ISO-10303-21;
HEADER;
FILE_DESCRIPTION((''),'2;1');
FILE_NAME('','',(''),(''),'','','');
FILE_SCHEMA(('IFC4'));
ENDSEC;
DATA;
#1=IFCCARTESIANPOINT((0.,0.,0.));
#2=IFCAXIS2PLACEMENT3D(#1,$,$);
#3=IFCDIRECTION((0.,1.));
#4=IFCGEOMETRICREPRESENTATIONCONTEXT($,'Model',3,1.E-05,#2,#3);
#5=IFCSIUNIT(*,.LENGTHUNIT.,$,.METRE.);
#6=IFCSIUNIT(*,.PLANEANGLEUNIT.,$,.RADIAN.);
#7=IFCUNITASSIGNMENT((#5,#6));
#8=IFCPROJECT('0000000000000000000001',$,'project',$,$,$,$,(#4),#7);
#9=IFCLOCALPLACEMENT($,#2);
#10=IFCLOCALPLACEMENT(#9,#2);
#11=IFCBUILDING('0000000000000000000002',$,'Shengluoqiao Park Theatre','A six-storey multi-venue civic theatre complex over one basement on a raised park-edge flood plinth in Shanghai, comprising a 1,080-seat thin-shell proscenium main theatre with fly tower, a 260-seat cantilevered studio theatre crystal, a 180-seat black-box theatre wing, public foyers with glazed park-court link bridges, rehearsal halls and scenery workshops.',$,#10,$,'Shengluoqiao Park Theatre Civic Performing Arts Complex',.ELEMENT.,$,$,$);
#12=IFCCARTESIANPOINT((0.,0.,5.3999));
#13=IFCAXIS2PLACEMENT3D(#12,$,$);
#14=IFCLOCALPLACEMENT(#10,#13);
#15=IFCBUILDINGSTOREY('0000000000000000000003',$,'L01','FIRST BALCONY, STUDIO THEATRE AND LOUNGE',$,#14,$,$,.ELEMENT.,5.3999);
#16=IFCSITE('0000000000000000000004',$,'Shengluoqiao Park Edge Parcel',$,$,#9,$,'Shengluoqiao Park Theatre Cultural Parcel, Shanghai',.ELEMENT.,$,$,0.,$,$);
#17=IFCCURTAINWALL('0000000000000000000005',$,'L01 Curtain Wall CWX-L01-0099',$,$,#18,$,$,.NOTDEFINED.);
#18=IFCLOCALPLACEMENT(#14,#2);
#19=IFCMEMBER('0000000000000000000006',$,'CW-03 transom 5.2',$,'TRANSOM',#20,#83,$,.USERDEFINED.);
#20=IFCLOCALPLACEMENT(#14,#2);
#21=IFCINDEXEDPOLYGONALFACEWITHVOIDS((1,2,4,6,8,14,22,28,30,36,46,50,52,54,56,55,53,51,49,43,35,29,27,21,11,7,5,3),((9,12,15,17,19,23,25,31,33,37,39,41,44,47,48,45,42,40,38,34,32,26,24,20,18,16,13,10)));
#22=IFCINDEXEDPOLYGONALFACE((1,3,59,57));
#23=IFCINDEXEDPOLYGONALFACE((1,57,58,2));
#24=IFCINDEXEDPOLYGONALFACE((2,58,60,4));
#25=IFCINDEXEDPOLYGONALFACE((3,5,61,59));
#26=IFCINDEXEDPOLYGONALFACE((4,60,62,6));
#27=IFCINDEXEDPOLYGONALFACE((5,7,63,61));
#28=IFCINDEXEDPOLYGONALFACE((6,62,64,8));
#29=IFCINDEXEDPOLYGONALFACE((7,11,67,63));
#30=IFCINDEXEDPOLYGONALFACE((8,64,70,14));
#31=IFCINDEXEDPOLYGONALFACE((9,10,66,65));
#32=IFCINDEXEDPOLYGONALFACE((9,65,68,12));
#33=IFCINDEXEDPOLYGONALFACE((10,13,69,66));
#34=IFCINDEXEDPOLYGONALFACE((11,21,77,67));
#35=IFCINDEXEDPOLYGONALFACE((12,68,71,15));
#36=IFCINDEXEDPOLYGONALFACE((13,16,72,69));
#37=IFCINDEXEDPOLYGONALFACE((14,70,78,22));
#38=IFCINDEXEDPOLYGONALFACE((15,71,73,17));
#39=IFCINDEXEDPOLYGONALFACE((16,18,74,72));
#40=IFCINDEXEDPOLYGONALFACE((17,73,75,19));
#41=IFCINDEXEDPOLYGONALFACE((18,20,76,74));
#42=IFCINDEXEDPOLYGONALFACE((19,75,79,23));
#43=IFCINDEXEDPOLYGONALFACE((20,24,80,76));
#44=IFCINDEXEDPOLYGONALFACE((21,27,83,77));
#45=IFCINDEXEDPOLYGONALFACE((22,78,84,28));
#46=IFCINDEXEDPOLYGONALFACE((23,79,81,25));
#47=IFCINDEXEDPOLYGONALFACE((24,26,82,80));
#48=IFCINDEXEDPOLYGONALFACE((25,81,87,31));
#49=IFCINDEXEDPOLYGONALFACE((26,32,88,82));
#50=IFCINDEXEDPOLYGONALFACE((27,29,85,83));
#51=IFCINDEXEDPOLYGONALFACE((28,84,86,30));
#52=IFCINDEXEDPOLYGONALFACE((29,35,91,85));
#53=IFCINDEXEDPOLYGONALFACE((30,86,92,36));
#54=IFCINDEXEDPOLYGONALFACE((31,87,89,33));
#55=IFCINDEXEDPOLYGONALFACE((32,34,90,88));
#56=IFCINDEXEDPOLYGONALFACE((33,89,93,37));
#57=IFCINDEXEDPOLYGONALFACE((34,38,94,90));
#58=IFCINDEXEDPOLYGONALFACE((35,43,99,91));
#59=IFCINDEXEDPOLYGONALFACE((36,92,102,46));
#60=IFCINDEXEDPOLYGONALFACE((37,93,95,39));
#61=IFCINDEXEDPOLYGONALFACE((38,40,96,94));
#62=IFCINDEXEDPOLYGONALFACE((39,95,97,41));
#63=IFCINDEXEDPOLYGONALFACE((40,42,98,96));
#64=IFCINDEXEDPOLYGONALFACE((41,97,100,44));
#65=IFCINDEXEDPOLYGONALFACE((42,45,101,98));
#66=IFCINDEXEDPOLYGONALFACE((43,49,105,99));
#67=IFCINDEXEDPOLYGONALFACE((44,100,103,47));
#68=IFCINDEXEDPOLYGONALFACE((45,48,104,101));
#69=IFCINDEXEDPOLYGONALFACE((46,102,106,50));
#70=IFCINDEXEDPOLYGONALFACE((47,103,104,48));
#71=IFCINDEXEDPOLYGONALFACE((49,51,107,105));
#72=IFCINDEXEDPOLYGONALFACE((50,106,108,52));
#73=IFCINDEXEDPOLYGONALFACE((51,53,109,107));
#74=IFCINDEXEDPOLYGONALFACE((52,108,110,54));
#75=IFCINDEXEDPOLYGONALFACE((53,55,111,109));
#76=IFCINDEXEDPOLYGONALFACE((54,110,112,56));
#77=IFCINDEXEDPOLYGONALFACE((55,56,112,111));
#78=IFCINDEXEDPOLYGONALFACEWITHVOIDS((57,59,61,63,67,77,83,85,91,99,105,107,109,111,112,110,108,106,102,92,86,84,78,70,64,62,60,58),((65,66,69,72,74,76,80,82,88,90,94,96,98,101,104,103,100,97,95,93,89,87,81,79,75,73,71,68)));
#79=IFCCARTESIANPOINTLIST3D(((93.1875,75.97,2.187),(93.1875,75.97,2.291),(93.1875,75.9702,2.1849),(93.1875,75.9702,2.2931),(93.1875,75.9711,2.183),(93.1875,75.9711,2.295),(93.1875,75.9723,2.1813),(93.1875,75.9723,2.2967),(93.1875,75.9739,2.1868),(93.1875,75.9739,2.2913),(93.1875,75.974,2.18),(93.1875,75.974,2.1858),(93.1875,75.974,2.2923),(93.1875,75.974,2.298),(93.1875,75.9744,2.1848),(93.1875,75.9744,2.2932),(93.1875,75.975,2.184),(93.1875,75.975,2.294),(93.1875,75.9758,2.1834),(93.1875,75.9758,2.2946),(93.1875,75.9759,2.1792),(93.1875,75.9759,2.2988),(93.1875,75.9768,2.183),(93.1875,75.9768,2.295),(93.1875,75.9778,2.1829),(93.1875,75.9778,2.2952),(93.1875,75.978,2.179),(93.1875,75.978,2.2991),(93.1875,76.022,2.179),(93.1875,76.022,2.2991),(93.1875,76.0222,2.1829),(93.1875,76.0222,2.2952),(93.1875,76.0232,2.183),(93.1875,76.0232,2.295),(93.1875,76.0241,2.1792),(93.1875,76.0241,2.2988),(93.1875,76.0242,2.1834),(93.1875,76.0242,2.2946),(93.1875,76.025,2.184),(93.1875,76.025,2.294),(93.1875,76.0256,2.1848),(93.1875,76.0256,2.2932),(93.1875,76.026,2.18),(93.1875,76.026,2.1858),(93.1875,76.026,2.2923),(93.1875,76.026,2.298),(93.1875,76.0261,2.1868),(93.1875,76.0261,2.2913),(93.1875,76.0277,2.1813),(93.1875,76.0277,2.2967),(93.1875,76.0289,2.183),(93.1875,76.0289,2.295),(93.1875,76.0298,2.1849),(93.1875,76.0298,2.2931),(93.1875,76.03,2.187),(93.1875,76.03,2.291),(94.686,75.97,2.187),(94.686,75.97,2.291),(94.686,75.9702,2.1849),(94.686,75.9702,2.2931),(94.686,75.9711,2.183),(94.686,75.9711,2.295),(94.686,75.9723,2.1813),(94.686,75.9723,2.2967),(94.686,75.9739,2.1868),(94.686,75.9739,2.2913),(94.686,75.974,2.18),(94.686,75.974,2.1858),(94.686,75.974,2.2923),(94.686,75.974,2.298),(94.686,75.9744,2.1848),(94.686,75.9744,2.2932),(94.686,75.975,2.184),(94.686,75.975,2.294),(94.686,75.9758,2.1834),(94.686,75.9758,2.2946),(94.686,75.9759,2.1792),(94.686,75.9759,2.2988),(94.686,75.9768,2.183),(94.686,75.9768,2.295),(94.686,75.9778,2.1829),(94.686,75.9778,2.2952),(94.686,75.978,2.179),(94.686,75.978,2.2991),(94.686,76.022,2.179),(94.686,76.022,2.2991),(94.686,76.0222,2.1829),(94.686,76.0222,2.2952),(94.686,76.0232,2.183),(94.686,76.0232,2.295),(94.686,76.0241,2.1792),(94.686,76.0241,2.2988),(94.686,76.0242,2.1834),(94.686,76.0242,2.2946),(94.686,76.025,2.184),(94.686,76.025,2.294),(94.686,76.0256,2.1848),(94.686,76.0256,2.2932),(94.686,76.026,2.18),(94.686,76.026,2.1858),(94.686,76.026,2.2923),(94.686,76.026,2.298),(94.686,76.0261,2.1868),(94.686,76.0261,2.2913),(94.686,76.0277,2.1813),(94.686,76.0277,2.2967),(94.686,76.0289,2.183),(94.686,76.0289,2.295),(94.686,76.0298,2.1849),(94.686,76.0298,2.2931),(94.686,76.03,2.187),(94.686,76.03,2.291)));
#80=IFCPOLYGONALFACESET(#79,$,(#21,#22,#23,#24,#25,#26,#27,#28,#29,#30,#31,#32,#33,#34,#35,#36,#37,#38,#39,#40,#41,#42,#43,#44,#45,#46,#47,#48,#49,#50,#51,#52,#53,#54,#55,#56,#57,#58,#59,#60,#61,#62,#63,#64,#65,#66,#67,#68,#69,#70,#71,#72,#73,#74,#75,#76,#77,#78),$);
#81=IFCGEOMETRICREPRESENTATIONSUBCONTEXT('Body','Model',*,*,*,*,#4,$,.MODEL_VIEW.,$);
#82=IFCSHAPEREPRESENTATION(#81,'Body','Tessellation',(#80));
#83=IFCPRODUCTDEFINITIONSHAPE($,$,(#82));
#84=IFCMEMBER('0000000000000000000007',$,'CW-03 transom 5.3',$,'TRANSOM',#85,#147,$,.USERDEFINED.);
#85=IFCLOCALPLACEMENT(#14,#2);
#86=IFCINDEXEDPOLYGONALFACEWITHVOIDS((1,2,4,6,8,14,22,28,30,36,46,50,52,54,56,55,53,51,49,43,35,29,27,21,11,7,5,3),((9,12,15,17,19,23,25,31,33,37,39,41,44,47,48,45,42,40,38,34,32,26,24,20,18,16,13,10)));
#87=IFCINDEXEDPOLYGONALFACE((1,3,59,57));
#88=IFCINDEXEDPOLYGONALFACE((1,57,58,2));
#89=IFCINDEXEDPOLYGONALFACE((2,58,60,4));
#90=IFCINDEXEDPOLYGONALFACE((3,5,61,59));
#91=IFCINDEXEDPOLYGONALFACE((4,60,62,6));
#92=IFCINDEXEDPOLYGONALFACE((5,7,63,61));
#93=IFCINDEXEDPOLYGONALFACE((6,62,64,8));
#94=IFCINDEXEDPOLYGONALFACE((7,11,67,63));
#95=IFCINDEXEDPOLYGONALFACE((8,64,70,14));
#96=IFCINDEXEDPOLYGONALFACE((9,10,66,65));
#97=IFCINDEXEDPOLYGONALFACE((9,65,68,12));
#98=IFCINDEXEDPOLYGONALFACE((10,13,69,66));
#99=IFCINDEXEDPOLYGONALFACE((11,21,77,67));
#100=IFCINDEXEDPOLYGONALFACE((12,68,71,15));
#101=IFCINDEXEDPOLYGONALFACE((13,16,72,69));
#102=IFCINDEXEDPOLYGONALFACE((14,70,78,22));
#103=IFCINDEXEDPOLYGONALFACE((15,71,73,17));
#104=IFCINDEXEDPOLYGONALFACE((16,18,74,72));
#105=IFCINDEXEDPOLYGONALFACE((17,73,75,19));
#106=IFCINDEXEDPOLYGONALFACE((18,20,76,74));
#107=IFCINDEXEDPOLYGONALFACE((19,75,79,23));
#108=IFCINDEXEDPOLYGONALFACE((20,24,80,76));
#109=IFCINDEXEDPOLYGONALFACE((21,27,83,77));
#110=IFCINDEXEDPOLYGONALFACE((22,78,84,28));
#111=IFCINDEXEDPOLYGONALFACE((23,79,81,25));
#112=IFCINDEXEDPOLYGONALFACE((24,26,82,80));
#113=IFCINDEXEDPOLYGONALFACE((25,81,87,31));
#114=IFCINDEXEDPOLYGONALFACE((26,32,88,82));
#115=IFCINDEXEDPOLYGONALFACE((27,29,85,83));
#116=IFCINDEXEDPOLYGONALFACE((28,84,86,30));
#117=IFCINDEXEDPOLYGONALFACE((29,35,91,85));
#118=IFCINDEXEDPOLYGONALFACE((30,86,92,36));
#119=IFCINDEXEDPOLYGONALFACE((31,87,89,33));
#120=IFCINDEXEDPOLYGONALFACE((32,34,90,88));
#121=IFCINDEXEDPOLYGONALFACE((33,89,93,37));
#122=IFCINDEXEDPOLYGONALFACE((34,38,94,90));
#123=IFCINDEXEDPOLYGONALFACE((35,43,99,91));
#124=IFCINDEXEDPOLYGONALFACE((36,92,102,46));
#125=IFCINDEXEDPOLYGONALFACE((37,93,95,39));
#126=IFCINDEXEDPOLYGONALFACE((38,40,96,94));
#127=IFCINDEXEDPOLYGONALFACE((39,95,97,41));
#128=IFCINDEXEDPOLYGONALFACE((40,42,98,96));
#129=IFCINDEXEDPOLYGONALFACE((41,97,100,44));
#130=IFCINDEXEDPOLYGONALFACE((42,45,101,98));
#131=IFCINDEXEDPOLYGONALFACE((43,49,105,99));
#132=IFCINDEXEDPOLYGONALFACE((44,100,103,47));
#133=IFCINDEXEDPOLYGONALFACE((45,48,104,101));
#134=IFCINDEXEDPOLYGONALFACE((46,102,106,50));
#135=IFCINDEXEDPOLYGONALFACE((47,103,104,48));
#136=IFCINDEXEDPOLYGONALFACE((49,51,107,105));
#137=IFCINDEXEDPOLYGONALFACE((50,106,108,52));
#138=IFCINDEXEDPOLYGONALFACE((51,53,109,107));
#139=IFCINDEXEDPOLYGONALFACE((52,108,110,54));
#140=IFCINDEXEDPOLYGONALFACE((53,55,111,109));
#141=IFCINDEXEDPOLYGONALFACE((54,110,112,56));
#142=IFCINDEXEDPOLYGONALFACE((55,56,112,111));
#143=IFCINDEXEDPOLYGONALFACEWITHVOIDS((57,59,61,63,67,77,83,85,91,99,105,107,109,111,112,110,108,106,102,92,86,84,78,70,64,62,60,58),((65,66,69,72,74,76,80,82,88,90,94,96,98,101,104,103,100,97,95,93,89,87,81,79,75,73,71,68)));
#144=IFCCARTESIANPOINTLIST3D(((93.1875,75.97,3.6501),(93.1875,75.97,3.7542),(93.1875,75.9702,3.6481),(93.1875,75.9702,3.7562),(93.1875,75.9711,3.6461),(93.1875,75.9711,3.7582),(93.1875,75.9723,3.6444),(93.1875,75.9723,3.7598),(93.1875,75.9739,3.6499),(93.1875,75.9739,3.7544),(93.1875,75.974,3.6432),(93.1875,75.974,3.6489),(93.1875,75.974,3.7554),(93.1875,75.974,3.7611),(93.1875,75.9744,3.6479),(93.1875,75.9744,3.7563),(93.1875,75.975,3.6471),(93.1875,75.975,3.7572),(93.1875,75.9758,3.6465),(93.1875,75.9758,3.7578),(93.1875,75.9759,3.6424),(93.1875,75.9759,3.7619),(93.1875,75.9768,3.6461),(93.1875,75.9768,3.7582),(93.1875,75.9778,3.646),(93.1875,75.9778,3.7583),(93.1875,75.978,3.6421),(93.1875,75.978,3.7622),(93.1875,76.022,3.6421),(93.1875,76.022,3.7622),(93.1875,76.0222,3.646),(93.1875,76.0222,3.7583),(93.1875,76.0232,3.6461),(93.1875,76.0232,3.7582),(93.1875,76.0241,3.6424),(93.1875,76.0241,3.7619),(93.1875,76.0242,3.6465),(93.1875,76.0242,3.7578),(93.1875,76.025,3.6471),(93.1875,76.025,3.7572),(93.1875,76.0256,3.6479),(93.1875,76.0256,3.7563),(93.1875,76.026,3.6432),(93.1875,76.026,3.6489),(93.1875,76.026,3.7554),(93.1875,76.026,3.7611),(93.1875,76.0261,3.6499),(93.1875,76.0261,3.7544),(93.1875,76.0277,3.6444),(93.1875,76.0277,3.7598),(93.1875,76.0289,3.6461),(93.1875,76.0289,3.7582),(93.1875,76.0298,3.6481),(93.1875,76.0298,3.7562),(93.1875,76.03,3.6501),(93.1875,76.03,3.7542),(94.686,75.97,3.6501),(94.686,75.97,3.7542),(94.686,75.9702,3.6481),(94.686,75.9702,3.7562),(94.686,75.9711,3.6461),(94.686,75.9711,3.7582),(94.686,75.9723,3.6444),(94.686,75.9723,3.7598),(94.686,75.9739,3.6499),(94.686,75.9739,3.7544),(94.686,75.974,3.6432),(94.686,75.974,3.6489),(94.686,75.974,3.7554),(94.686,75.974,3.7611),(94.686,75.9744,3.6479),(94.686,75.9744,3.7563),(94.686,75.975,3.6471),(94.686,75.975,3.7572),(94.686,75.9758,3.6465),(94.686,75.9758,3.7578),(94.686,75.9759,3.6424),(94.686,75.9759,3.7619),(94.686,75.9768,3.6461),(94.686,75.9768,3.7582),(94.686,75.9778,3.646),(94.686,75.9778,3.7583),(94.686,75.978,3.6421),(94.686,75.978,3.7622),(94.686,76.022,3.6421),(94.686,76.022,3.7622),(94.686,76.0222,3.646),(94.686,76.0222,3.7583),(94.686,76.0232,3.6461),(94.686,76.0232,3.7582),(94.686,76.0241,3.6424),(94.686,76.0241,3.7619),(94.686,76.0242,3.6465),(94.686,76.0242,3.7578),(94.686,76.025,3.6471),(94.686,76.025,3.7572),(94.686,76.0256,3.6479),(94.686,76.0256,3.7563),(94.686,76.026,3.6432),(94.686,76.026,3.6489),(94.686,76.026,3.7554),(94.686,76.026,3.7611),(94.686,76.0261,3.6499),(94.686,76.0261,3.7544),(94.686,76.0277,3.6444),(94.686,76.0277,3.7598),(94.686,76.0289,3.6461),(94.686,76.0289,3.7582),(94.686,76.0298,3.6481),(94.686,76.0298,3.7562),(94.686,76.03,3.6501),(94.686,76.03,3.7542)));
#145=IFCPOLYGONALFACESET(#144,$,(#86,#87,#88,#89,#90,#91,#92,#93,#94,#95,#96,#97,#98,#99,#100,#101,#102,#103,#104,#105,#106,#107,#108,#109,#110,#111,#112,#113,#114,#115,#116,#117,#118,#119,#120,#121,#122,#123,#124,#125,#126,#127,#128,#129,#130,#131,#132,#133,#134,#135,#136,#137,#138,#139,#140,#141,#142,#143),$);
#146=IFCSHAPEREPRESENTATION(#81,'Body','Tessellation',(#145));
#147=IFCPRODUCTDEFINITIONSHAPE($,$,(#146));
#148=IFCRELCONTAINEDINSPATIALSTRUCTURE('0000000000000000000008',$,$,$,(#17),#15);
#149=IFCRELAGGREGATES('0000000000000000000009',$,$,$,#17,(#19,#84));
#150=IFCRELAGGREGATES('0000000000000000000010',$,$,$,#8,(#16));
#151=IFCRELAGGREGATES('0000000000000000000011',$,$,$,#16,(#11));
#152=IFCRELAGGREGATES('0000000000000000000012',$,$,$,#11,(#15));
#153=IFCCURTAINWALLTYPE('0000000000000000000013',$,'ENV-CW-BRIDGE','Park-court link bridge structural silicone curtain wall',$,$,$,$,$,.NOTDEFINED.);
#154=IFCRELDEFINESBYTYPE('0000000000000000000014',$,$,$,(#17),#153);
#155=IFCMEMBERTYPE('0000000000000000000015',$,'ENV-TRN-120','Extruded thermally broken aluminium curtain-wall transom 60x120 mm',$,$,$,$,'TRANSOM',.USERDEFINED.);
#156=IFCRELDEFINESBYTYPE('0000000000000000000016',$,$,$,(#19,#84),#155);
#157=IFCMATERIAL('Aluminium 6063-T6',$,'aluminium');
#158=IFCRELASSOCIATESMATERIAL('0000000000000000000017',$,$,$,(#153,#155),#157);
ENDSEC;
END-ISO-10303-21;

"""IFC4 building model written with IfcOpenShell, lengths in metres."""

from ifc_helpers import new_model, si_unit, direction, frame, origin, origin_2d, place, context, subcontext, project, spatial, hollow_rectangle, extrude, material, material_profile, profile_set, type_object, element, aggregate, save


model = new_model("IFC4")

# Units and contexts
model_context = context("Model", 3, precision=1e-05, world=origin(), true_north=direction((0.0, 1.0)))
body_context = subcontext(model_context, "Body", "Model", "MODEL_VIEW")
ifc_project = project(units=[si_unit("LENGTHUNIT", "METRE"), si_unit("PLANEANGLEUNIT", "RADIAN")], contexts=[model_context])

# Site, building, storey
site_placement = place(None, origin())
site = spatial("IfcSite", under=ifc_project, at=site_placement, Name="Shengluoqiao Park Edge Parcel", LongName="Shengluoqiao Park Theatre Cultural Parcel, Shanghai", CompositionType="ELEMENT", RefElevation=0.0)
building_placement = place(site_placement, origin())
building = spatial("IfcBuilding", under=site, at=building_placement, Name="Shengluoqiao Park Theatre", Description="A six-storey multi-venue civic theatre complex over one basement on a raised park-edge flood plinth in Shanghai, comprising a 1,080-seat thin-shell proscenium main theatre with fly tower, a 260-seat cantilevered studio theatre crystal, a 180-seat black-box theatre wing, public foyers with glazed park-court link bridges, rehearsal halls and scenery workshops.", LongName="Shengluoqiao Park Theatre Civic Performing Arts Complex", CompositionType="ELEMENT")
storey_placement = place(building_placement, frame((0.0, 0.0, 5.3999)))
storey = spatial("IfcBuildingStorey", under=building, at=storey_placement, Name="L01", Description="FIRST BALCONY, STUDIO THEATRE AND LOUNGE", CompositionType="ELEMENT", Elevation=5.3999)

# Curtain wall
ifc_material_1 = material(Name="Aluminium 6063-T6", Category="aluminium")
curtain_wall_type = type_object("IfcCurtainWallType", Name="ENV-CW-BRIDGE", Description="Park-court link bridge structural silicone curtain wall", PredefinedType="NOTDEFINED", material=ifc_material_1)
curtain_wall_1_placement = place(storey_placement, origin())
curtain_wall_1 = element("IfcCurtainWall", 1, at=curtain_wall_1_placement, inside=storey, type_object=curtain_wall_type, Name="L01 Curtain Wall CWX-L01-0099", PredefinedType="NOTDEFINED")

# Shared definitions
ifc_material_profile_1 = material_profile(ifc_material_1, hollow_rectangle(XDim=0.0601, YDim=0.1201, WallThickness=0.0039, InnerFilletRadius=0.0039, OuterFilletRadius=0.0081, at=origin_2d()), Name="ALU TRANSOM 120x60x4")
ifc_profile_set_1 = profile_set([ifc_material_profile_1], Name="Aluminium 6063-T6")
member_type_1 = type_object("IfcMemberType", Name="ENV-TRN-120", Description="Extruded thermally broken aluminium curtain-wall transom 60x120 mm", ElementType="TRANSOM", PredefinedType="USERDEFINED", material=ifc_profile_set_1)

# Members
member_1_placement = place(storey_placement, frame((93.1875, 76.0, 2.239), z_axis=(1.0, 0.0, 0.0), x_axis=(0.0, 1.0, 0.0)))
member_1 = element("IfcMember", 2, at=member_1_placement, type_object=member_type_1, Name="CW-03 transom 5.2", ObjectType="TRANSOM", PredefinedType="USERDEFINED", context=body_context, shape_type="SweptSolid", body=[
    extrude(hollow_rectangle(XDim=0.0601, YDim=0.1201, WallThickness=0.0039, InnerFilletRadius=0.0039, OuterFilletRadius=0.0081, at=origin_2d()), origin(), (0.0, 0.0, 1.0), 1.4985),
])
member_2_placement = place(storey_placement, frame((93.1875, 76.0, 3.7021), z_axis=(1.0, 0.0, 0.0), x_axis=(0.0, 1.0, 0.0)))
member_2 = element("IfcMember", 3, at=member_2_placement, type_object=member_type_1, Name="CW-03 transom 5.3", ObjectType="TRANSOM", PredefinedType="USERDEFINED", context=body_context, shape_type="SweptSolid", body=[
    extrude(hollow_rectangle(XDim=0.0601, YDim=0.1201, WallThickness=0.0039, InnerFilletRadius=0.0039, OuterFilletRadius=0.0081, at=origin_2d()), origin(), (0.0, 0.0, 1.0), 1.4985),
])

aggregate(curtain_wall_1, [member_1, member_2])

save(model, "model.ifc")
